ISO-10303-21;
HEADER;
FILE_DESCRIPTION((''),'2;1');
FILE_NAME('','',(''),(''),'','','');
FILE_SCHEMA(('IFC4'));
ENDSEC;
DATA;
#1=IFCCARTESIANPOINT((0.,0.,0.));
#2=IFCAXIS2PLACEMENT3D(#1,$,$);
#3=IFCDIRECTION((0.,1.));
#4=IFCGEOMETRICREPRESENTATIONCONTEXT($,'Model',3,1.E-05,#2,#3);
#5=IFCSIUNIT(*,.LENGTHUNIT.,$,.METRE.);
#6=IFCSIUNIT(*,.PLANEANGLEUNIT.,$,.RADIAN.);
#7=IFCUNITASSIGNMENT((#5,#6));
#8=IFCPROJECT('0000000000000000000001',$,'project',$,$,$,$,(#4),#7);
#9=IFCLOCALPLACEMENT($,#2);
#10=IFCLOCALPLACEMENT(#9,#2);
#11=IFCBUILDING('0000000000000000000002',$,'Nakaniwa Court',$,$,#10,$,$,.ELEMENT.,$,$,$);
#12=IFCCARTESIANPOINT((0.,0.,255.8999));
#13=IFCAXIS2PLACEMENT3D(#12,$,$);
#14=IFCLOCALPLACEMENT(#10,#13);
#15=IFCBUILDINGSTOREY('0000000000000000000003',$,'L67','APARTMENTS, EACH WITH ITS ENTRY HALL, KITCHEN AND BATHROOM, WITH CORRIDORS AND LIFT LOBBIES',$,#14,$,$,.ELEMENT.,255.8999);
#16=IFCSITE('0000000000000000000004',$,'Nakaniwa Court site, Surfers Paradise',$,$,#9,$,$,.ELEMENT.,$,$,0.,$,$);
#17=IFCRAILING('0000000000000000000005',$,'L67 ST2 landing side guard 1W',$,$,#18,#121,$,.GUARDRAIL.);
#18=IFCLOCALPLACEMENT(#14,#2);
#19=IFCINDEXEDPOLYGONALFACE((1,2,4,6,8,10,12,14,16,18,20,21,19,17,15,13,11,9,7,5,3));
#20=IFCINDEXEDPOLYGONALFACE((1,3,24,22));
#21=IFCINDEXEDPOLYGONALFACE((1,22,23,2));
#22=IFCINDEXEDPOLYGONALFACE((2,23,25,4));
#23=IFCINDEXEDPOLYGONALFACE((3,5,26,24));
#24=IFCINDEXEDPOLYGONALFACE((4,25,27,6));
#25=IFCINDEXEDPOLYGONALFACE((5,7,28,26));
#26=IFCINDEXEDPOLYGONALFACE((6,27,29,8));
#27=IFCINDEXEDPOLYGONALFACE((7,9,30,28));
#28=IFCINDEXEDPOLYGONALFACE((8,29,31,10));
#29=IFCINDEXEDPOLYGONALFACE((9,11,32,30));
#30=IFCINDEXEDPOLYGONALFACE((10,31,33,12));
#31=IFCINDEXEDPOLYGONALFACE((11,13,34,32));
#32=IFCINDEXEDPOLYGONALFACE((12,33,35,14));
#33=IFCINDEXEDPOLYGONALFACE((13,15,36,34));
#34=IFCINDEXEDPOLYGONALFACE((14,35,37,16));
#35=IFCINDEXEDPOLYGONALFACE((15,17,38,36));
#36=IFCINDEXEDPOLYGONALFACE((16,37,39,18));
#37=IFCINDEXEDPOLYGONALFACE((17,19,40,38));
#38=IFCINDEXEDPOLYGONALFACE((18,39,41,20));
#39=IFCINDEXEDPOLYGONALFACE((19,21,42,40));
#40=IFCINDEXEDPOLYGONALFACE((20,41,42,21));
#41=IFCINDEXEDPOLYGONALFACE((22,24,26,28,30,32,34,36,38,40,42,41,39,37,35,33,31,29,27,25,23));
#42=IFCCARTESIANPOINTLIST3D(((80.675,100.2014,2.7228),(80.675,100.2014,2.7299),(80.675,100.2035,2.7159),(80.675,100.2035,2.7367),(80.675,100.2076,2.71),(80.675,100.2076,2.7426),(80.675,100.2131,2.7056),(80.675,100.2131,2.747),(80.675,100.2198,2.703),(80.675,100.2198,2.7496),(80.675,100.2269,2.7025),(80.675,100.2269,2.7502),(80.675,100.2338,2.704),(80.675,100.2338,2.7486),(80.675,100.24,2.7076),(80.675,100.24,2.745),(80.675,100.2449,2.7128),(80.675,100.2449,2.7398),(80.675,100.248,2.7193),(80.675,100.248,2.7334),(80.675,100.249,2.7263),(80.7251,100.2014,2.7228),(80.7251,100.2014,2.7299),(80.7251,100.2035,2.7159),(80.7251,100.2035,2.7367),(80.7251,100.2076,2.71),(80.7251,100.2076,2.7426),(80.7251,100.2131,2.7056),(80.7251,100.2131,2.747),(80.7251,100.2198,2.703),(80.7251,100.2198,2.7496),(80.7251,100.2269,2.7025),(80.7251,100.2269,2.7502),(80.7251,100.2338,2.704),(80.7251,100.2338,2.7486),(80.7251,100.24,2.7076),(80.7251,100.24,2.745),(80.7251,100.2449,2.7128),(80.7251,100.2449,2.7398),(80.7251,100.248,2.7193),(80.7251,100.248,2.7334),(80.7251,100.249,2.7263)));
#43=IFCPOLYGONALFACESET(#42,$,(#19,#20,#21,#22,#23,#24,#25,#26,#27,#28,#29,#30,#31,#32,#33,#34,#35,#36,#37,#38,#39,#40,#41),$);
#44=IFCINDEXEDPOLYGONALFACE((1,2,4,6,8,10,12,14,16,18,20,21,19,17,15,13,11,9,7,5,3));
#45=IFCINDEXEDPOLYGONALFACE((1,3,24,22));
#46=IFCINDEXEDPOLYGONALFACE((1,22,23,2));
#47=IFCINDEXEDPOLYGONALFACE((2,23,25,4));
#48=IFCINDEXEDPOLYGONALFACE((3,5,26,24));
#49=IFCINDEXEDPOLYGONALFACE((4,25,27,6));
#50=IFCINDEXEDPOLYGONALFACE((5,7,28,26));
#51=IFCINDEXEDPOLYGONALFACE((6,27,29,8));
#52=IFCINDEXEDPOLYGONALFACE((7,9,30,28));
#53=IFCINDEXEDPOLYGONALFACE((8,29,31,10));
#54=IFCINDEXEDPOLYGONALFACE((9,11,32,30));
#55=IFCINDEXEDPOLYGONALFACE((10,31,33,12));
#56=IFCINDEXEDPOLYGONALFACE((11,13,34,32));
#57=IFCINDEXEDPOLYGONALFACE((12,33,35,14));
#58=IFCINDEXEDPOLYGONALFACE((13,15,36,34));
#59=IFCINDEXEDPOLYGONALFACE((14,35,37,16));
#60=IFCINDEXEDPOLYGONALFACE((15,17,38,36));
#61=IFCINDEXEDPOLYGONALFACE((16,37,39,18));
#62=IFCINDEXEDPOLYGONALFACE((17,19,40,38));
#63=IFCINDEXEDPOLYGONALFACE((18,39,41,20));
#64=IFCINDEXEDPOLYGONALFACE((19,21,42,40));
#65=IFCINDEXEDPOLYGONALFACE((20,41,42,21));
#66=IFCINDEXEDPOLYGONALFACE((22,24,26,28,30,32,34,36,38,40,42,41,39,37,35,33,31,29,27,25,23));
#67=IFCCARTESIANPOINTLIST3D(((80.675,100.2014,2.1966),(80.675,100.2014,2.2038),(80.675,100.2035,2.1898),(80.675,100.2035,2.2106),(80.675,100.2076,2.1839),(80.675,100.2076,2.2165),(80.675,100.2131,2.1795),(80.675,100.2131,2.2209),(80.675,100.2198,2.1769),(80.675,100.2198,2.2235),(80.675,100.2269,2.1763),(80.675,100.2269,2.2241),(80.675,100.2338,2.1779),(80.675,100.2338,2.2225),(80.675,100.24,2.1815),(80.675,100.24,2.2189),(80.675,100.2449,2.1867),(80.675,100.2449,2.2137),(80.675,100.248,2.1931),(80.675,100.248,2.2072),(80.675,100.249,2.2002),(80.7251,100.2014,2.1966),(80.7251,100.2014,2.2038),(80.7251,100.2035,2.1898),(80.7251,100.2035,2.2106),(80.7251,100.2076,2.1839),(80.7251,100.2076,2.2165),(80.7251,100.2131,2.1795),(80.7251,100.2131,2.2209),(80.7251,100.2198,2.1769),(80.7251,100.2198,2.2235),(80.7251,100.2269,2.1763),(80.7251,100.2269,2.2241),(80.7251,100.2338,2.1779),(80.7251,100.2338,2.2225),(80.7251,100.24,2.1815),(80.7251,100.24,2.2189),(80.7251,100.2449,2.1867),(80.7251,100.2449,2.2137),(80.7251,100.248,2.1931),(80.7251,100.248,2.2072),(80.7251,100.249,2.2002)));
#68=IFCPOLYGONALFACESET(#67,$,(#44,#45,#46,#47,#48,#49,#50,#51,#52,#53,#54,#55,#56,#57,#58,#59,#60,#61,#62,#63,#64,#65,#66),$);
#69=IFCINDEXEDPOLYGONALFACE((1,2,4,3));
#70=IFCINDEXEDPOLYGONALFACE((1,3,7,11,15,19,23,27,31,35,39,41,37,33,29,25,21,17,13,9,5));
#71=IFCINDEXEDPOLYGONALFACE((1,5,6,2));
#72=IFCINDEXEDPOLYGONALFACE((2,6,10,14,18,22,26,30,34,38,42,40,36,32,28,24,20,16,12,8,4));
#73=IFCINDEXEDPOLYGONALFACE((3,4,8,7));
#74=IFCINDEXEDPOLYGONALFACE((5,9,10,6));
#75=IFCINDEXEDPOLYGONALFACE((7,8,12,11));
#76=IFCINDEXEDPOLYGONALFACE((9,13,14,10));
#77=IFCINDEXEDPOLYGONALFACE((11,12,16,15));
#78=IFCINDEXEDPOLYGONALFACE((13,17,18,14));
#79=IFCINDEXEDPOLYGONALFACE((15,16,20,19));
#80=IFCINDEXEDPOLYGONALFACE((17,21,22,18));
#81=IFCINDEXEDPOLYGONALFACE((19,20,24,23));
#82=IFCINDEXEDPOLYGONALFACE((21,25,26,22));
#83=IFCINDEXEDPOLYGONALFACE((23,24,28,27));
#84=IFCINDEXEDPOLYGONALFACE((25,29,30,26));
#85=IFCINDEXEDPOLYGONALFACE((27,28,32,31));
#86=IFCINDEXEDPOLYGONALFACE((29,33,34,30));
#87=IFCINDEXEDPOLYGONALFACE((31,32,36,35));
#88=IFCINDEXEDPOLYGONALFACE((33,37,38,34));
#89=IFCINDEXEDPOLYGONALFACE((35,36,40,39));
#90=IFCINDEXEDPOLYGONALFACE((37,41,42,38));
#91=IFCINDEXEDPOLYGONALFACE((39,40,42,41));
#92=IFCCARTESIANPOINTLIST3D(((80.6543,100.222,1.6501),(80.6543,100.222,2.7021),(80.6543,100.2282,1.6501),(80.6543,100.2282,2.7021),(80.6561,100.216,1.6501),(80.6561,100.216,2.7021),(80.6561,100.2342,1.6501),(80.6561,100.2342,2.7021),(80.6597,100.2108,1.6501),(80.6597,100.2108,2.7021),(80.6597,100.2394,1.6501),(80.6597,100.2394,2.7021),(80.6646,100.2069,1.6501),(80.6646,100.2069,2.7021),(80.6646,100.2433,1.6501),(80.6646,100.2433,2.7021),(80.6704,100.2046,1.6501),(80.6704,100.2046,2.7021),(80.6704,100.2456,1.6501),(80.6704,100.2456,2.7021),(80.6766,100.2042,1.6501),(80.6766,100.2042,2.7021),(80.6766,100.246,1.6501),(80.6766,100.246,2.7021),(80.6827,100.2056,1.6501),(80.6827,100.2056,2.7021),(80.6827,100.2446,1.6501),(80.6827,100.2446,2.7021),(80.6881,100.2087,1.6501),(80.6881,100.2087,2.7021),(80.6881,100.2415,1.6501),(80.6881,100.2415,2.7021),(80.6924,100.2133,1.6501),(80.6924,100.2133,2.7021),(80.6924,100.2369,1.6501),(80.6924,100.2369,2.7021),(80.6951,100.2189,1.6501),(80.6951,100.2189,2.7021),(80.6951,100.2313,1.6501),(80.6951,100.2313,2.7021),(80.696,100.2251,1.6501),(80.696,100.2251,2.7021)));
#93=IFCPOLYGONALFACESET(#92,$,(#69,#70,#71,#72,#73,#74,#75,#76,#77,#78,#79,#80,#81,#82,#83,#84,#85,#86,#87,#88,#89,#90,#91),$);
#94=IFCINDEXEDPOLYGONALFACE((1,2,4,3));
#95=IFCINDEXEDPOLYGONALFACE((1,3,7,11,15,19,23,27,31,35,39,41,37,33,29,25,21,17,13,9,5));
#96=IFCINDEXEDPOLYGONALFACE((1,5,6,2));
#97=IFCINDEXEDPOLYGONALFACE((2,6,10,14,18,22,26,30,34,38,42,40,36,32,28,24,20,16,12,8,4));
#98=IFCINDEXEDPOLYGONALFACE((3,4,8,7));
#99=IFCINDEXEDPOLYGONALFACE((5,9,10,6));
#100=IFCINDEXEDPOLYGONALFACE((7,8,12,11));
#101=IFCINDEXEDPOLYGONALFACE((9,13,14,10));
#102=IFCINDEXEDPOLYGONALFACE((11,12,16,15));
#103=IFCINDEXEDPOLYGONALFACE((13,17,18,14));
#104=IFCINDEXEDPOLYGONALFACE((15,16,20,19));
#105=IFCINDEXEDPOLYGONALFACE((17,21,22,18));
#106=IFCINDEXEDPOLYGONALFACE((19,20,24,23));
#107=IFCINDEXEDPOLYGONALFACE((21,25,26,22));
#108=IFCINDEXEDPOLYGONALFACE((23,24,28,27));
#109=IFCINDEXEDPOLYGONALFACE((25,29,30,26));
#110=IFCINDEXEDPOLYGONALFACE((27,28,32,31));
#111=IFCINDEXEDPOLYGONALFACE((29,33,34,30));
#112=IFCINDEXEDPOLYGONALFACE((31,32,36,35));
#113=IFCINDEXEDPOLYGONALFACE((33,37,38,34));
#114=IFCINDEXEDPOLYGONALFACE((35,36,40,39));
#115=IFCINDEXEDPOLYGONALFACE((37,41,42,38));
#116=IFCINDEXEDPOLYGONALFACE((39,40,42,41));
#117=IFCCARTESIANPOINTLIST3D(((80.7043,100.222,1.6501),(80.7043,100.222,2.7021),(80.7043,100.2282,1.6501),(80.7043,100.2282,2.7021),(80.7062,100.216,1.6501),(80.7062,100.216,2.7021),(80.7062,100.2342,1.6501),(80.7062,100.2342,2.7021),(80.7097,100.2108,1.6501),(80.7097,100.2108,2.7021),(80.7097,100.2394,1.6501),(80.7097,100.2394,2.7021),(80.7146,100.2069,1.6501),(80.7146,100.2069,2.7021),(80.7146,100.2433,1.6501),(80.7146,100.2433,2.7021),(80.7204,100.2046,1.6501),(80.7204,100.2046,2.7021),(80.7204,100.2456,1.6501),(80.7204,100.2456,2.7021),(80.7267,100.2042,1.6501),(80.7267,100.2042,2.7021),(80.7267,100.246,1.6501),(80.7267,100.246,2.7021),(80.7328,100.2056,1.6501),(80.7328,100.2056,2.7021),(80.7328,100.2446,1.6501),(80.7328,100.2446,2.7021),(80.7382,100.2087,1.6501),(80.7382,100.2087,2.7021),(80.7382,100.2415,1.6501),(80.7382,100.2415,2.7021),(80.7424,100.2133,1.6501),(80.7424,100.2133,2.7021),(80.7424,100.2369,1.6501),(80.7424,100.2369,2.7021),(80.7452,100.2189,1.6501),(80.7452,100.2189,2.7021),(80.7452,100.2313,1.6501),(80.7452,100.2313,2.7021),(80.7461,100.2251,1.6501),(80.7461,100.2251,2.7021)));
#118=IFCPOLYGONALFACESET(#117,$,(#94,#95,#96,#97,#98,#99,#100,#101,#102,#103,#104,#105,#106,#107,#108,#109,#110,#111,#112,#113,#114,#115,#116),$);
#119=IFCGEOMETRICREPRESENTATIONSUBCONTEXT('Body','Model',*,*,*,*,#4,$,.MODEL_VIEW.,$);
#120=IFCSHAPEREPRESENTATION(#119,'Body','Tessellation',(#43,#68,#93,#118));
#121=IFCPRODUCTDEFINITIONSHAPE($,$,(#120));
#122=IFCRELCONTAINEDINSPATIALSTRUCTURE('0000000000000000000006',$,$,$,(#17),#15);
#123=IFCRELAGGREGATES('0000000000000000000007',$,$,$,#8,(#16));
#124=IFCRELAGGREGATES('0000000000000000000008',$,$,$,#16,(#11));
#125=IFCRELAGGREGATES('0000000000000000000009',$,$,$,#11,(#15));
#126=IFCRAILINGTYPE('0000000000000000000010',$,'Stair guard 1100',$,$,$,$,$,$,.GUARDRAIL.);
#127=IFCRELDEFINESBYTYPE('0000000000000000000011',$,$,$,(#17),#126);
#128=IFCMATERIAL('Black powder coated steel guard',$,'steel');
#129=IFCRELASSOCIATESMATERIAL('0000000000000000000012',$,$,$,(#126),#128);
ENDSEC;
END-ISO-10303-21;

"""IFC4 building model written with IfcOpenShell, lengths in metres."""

from ifc_helpers import new_model, si_unit, direction, frame, origin, origin_2d, place, context, subcontext, project, spatial, circle, extrude, material, type_object, element, save


model = new_model("IFC4")

# Units and contexts
model_context = context("Model", 3, precision=1e-05, world=origin(), true_north=direction((0.0, 1.0)))
body_context = subcontext(model_context, "Body", "Model", "MODEL_VIEW")
ifc_project = project(units=[si_unit("LENGTHUNIT", "METRE"), si_unit("PLANEANGLEUNIT", "RADIAN")], contexts=[model_context])

# Site, building, storey
site_placement = place(None, origin())
site = spatial("IfcSite", under=ifc_project, at=site_placement, Name="Nakaniwa Court site, Surfers Paradise", CompositionType="ELEMENT", RefElevation=0.0)
building_placement = place(site_placement, origin())
building = spatial("IfcBuilding", under=site, at=building_placement, Name="Nakaniwa Court", CompositionType="ELEMENT")
storey_placement = place(building_placement, frame((0.0, 0.0, 255.8999)))
storey = spatial("IfcBuildingStorey", under=building, at=storey_placement, Name="L67", Description="APARTMENTS, EACH WITH ITS ENTRY HALL, KITCHEN AND BATHROOM, WITH CORRIDORS AND LIFT LOBBIES", CompositionType="ELEMENT", Elevation=255.8999)

# Railing
ifc_material_1 = material(Name="Black powder coated steel guard", Category="steel")
railing_type_1 = type_object("IfcRailingType", Name="Stair guard 1100", PredefinedType="GUARDRAIL", material=ifc_material_1)
for number, where, name in (
    (1, (80.675, 100.2251, 1.6501), "L67 ST2 landing side guard 1W"),
):
    element("IfcRailing", number, at=place(storey_placement, frame(where)), inside=storey, type_object=railing_type_1, Name=name, PredefinedType="GUARDRAIL", context=body_context, shape_type="SweptSolid", body=[
        extrude(circle(Radius=0.0239, at=origin_2d()), frame((0.0, 0.0, 1.0762), z_axis=(1.0, 0.0, 0.0), x_axis=(0.0, 1.0, 0.0)), (0.0, 0.0, 1.0), 0.05),
        extrude(circle(Radius=0.0239, at=origin_2d()), frame((0.0, 0.0, 0.55), z_axis=(1.0, 0.0, 0.0), x_axis=(0.0, 1.0, 0.0)), (0.0, 0.0, 1.0), 0.05),
        extrude(circle(Radius=0.021, at=origin_2d()), origin(), (0.0, 0.0, 1.0), 1.052),
        extrude(circle(Radius=0.021, at=origin_2d()), frame((0.05, 0.0, 0.0)), (0.0, 0.0, 1.0), 1.052),
    ])

save(model, "model.ifc")
